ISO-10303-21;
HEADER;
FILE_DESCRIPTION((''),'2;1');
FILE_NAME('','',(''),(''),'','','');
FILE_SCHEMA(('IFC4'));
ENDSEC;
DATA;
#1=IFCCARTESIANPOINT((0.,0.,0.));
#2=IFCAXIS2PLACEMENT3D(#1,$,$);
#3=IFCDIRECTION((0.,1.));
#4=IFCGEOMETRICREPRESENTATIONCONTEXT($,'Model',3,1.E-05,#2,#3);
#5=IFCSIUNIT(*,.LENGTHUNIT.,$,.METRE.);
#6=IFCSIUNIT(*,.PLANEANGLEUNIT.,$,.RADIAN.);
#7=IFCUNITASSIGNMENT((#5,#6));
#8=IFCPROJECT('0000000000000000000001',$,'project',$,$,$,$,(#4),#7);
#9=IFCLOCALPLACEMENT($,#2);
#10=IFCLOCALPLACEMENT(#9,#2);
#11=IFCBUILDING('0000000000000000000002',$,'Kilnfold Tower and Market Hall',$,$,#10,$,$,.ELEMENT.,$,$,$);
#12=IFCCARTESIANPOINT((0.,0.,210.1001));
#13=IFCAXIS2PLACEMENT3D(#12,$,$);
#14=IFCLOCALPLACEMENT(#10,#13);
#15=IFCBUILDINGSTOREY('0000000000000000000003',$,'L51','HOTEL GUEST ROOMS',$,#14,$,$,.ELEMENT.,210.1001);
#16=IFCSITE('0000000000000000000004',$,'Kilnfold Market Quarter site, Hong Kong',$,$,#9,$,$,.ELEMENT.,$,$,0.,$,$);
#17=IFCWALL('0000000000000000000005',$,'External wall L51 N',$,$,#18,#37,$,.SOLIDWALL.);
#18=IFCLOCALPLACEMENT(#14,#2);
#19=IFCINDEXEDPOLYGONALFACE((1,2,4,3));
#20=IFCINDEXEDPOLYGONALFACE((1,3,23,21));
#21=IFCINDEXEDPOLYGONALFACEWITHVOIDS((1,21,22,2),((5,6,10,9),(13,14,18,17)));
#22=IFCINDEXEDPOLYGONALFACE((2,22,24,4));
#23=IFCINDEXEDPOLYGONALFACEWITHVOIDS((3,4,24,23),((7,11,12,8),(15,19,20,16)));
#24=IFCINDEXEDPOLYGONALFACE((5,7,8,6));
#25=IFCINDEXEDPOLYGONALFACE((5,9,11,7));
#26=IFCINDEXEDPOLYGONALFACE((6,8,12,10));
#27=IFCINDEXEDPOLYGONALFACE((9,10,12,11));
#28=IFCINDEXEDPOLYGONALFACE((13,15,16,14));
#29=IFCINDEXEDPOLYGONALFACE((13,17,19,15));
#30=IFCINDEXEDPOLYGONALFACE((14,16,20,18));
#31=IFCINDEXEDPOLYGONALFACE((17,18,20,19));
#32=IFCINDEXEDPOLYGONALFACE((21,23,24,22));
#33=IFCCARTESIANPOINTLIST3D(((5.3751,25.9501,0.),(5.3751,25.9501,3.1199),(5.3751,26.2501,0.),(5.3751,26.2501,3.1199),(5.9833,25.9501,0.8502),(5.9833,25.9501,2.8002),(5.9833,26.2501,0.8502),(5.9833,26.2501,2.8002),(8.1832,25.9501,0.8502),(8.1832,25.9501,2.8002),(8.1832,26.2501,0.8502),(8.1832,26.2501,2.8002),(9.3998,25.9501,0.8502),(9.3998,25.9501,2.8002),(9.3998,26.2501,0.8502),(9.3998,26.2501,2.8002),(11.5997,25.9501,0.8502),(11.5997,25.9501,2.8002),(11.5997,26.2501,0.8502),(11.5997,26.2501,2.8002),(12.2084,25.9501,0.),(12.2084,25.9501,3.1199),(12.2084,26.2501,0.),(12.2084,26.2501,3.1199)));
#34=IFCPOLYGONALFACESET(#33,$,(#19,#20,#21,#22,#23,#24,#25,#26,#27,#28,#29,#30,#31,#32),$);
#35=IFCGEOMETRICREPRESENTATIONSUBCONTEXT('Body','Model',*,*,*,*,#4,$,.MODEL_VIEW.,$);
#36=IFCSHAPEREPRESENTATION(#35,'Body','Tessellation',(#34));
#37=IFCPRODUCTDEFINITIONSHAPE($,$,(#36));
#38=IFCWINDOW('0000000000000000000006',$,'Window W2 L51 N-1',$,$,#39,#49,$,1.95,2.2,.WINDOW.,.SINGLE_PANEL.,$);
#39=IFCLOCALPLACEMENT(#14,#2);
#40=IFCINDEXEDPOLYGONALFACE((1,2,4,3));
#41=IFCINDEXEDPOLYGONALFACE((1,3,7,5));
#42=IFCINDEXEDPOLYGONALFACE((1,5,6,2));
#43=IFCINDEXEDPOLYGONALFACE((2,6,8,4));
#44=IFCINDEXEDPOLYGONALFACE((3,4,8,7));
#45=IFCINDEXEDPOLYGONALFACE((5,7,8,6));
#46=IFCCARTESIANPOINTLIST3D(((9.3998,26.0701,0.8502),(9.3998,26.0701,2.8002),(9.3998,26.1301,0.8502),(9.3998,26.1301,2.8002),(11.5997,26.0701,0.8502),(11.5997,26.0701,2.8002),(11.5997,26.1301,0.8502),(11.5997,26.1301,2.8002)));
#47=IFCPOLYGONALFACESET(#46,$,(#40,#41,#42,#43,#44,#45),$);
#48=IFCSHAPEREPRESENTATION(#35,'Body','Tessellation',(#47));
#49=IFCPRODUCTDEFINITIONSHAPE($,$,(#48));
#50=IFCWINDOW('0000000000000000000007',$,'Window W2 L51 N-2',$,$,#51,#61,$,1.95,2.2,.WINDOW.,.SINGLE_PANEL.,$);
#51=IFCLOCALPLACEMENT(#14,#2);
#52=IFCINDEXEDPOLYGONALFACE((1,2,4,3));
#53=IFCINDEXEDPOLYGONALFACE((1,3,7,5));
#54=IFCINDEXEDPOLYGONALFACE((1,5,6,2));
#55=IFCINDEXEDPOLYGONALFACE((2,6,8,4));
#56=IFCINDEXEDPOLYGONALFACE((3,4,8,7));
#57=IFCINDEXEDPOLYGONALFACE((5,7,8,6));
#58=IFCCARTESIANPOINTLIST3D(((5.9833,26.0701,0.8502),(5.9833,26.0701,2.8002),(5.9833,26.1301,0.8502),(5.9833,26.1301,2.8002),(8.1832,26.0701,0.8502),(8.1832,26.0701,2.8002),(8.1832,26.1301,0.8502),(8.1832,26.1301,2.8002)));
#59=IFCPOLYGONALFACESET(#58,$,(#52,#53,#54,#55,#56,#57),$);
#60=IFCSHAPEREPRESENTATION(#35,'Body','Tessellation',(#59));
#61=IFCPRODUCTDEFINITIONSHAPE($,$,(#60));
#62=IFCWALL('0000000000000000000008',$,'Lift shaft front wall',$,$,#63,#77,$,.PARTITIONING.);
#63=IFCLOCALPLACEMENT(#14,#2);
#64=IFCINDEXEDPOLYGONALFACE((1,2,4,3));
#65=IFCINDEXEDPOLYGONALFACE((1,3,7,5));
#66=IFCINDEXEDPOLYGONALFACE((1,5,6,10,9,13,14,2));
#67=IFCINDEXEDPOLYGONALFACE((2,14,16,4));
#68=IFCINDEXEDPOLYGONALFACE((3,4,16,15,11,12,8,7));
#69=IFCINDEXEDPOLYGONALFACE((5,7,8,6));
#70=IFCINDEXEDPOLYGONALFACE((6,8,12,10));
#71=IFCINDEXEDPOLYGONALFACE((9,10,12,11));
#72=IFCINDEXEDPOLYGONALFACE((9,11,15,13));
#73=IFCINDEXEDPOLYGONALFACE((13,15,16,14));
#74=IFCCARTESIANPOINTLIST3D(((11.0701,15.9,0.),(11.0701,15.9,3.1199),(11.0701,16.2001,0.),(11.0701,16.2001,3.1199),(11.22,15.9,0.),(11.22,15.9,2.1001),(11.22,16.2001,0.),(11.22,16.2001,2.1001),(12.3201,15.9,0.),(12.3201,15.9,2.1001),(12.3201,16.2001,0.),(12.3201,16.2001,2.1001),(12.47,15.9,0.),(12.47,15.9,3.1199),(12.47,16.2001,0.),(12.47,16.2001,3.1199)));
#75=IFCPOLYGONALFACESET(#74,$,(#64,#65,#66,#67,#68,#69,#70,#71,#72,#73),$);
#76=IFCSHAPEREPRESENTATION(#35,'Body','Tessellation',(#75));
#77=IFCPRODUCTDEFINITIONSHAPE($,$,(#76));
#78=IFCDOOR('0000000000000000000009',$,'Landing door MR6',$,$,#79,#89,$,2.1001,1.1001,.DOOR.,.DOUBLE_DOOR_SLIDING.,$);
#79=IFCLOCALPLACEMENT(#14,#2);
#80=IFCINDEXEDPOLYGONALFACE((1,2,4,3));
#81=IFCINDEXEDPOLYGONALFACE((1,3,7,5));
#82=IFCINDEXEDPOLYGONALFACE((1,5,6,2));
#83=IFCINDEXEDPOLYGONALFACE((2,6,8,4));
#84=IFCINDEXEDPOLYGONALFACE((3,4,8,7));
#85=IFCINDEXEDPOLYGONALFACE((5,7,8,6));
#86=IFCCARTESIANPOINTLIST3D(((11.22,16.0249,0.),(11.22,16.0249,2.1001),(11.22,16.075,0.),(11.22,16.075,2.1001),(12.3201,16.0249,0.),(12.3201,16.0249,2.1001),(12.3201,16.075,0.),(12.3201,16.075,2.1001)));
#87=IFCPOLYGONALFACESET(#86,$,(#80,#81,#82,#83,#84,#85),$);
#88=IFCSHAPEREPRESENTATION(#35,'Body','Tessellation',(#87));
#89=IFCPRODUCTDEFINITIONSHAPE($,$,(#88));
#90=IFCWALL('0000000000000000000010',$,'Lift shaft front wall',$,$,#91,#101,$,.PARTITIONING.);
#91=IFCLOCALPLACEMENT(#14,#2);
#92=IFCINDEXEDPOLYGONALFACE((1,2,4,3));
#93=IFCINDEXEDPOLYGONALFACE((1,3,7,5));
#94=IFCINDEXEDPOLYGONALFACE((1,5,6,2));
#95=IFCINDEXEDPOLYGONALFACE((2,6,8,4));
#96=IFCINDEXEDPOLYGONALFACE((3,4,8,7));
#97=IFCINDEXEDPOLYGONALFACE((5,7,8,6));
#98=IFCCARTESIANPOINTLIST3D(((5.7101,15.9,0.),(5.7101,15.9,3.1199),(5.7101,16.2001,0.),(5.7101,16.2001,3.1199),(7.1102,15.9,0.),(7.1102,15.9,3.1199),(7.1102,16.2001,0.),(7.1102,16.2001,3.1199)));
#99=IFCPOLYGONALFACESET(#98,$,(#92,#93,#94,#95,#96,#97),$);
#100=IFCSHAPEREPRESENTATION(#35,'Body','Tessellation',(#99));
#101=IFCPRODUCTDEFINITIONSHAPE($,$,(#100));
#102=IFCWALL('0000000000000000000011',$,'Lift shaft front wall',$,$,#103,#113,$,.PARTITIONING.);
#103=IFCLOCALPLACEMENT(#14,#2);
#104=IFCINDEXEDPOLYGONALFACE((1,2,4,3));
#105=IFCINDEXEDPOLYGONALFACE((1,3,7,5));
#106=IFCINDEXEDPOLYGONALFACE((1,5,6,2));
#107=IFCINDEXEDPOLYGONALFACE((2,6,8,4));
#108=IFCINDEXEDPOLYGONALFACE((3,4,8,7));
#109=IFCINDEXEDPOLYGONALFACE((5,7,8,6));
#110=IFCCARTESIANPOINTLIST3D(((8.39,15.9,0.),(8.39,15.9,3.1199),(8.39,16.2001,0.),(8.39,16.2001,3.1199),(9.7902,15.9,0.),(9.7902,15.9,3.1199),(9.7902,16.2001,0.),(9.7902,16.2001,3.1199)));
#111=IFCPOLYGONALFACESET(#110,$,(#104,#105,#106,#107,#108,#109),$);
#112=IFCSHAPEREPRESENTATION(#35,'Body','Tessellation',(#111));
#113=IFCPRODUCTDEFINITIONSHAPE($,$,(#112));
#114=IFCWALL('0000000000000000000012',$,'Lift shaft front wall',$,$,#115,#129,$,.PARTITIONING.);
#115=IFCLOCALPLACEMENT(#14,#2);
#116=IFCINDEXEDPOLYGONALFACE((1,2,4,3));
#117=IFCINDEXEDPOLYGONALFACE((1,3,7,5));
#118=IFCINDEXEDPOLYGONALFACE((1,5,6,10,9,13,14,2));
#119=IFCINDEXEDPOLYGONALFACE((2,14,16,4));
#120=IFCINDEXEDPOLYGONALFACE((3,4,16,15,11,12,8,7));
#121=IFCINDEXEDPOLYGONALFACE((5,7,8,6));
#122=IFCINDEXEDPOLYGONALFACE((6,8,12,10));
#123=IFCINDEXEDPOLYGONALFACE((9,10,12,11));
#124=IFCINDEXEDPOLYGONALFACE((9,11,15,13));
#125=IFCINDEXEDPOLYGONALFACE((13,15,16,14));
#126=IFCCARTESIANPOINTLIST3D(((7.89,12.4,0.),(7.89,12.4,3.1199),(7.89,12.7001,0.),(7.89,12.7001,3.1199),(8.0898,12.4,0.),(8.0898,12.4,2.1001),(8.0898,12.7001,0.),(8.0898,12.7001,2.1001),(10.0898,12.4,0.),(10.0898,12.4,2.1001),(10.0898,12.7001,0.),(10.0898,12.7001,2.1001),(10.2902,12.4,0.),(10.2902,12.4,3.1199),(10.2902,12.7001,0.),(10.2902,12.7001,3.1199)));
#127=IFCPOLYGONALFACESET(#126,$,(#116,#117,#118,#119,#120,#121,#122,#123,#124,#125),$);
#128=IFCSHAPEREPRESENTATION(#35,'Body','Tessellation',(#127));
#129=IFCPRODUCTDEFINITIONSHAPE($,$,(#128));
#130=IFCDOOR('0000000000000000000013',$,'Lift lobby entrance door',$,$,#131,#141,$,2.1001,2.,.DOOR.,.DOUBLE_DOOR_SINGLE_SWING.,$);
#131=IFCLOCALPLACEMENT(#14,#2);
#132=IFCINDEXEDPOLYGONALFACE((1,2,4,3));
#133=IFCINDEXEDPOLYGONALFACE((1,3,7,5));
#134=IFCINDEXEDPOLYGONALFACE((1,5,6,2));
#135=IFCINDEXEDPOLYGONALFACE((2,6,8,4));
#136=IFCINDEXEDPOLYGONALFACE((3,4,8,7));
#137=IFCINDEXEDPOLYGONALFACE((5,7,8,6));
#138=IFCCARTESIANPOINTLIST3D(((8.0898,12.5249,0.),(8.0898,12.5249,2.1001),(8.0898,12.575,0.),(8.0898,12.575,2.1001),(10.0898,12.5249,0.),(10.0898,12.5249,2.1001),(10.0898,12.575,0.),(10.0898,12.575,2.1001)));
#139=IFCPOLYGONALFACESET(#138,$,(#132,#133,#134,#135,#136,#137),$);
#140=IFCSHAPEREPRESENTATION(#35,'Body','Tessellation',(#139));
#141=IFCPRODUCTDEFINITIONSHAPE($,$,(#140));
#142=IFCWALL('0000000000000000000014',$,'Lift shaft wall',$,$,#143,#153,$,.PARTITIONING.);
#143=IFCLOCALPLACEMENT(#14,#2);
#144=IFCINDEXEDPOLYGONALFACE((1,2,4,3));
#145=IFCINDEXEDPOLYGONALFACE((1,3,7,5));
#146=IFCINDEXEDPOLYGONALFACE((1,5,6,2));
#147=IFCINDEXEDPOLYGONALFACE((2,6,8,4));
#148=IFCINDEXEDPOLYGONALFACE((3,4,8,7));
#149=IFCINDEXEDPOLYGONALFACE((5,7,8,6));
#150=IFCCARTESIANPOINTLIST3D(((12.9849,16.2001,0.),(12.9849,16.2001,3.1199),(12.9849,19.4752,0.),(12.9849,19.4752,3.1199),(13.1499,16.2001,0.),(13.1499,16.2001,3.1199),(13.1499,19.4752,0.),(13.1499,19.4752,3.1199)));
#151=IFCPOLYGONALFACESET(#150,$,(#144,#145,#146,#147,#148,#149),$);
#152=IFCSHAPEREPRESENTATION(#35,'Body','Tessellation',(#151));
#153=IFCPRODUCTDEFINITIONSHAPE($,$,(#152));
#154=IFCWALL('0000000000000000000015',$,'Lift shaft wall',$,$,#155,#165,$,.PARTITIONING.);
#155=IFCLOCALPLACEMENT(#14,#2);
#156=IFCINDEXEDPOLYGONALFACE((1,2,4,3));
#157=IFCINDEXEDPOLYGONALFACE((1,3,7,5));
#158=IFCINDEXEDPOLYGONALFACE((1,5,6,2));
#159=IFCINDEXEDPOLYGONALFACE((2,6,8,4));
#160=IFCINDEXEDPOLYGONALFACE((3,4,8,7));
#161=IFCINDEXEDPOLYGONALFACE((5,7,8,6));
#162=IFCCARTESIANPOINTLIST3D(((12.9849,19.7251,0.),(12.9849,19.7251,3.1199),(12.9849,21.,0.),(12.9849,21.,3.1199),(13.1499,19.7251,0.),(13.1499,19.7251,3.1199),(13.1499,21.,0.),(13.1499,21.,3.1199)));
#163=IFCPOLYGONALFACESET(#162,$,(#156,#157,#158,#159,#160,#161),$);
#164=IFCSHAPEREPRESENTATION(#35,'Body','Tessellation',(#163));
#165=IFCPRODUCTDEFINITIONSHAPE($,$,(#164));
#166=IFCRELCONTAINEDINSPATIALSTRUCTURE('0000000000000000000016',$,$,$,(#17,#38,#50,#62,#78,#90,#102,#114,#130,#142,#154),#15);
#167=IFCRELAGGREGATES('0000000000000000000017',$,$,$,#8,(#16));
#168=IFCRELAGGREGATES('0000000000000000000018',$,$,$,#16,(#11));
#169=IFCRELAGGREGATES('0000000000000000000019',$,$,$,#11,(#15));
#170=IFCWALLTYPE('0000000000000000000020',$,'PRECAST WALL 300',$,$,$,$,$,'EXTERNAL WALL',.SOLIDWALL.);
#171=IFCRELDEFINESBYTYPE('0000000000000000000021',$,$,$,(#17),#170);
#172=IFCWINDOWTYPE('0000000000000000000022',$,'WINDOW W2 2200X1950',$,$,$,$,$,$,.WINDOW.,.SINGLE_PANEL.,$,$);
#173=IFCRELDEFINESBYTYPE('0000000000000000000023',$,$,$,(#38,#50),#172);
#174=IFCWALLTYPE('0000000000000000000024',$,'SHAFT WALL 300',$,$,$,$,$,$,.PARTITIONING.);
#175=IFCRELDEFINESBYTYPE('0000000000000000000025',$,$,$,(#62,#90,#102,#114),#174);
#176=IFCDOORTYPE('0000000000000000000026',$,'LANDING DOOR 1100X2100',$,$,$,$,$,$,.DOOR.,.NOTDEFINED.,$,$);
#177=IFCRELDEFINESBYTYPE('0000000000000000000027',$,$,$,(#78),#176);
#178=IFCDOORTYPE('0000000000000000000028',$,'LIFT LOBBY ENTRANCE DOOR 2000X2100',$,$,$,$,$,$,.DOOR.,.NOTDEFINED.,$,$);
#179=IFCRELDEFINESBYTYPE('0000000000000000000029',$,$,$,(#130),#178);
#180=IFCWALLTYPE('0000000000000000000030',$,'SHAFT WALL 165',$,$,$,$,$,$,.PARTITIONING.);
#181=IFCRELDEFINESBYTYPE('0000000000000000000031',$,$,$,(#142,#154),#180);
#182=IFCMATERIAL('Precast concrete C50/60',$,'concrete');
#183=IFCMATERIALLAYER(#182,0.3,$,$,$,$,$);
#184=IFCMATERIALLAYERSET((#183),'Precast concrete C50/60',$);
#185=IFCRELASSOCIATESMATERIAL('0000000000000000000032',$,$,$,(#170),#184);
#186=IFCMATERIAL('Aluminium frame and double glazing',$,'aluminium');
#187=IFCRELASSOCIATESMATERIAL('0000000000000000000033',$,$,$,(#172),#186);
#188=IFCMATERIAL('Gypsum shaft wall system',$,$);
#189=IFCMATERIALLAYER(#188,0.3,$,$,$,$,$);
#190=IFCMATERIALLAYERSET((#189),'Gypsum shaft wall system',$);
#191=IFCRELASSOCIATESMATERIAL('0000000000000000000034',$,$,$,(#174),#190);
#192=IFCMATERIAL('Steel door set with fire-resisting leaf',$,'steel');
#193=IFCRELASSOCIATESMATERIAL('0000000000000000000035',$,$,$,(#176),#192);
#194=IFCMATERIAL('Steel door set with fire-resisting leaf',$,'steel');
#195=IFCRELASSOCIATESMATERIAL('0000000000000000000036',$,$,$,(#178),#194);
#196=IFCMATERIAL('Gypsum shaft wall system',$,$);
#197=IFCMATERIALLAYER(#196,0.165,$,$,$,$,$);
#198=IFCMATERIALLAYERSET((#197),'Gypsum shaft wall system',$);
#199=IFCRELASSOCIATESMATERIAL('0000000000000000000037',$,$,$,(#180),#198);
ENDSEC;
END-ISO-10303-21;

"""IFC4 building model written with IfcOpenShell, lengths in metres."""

from ifc_helpers import new_model, si_unit, direction, frame, frame_2d, origin, place, context, subcontext, project, spatial, rectangle, extrude, source, transform, mapped, material, layer, layer_set, type_object, element, fill, save


model = new_model("IFC4")

# Units and contexts
model_context = context("Model", 3, precision=1e-05, world=origin(), true_north=direction((0.0, 1.0)))
body_context = subcontext(model_context, "Body", "Model", "MODEL_VIEW")
ifc_project = project(units=[si_unit("LENGTHUNIT", "METRE"), si_unit("PLANEANGLEUNIT", "RADIAN")], contexts=[model_context])

# Site, building, storey
site_placement = place(None, origin())
site = spatial("IfcSite", under=ifc_project, at=site_placement, Name="Kilnfold Market Quarter site, Hong Kong", CompositionType="ELEMENT", RefElevation=0.0)
building_placement = place(site_placement, origin())
building = spatial("IfcBuilding", under=site, at=building_placement, Name="Kilnfold Tower and Market Hall", CompositionType="ELEMENT")
storey_placement = place(building_placement, frame((0.0, 0.0, 210.1001)))
storey = spatial("IfcBuildingStorey", under=building, at=storey_placement, Name="L51", Description="HOTEL GUEST ROOMS", CompositionType="ELEMENT", Elevation=210.1001)

# Wall, openings, windows
ifc_material_1 = material(Name="Precast concrete C50/60", Category="concrete")
ifc_layer_1 = layer(ifc_material_1, 0.3)
ifc_layer_set_1 = layer_set([ifc_layer_1], Name="Precast concrete C50/60")
wall_type_1 = type_object("IfcWallType", Name="PRECAST WALL 300", ElementType="EXTERNAL WALL", PredefinedType="SOLIDWALL", material=ifc_layer_set_1)
shared_shape_1 = source(origin(), body_context, "Body", "SweptSolid", [
    extrude(rectangle(XDim=6.8333, YDim=0.3, at=frame_2d((3.4165, 0.0))), origin(), (0.0, 0.0, 1.0), 3.1199),
])
wall_1_placement = place(storey_placement, frame((12.2083, 26.1001, 0.0), z_axis=(0.0, 0.0, 1.0), x_axis=(-1.0, 0.0, 0.0)))
wall_1 = element("IfcWall", 1, at=wall_1_placement, inside=storey, type_object=wall_type_1, Name="External wall L51 N", PredefinedType="SOLIDWALL", context=body_context, shape_type="MappedRepresentation", body=[
    mapped(shared_shape_1, transform((0.0, 0.0, 0.0))),
])
opening_1_placement = place(wall_1_placement, frame((0.6084, 0.0, 0.8501)))
opening_1 = element("IfcOpeningElement", 2, at=opening_1_placement, cuts=wall_1, PredefinedType="OPENING", context=body_context, shape_type="SweptSolid", body=[
    extrude(rectangle(XDim=2.2, YDim=1.95, at=frame_2d((1.1001, 0.9751))), frame((0.0, 0.1602, 0.0), z_axis=(0.0, -1.0, 0.0), x_axis=(1.0, 0.0, 0.0)), (0.0, 0.0, 1.0), 0.3201),
])
opening_2_placement = place(wall_1_placement, frame((4.0249, 0.0, 0.8501)))
opening_2 = element("IfcOpeningElement", 3, at=opening_2_placement, cuts=wall_1, PredefinedType="OPENING", context=body_context, shape_type="SweptSolid", body=[
    extrude(rectangle(XDim=2.2, YDim=1.95, at=frame_2d((1.1001, 0.9751))), frame((0.0, 0.1602, 0.0), z_axis=(0.0, -1.0, 0.0), x_axis=(1.0, 0.0, 0.0)), (0.0, 0.0, 1.0), 0.3201),
])
ifc_material_2 = material(Name="Aluminium frame and double glazing", Category="aluminium")
window_type = type_object("IfcWindowType", Name="WINDOW W2 2200X1950", PartitioningType="SINGLE_PANEL", PredefinedType="WINDOW", material=ifc_material_2)
window_1_placement = place(opening_1_placement, origin())
window_1 = element("IfcWindow", 4, at=window_1_placement, inside=storey, type_object=window_type, Name="Window W2 L51 N-1", OverallHeight=1.95, OverallWidth=2.2, PartitioningType="SINGLE_PANEL", PredefinedType="WINDOW", context=body_context, shape_type="SweptSolid", body=[
    extrude(rectangle(XDim=2.2, YDim=1.95, at=frame_2d((1.1001, 0.9751))), frame((0.0, 0.03, 0.0), z_axis=(0.0, -1.0, 0.0), x_axis=(1.0, 0.0, 0.0)), (0.0, 0.0, 1.0), 0.0601),
])
fill(opening_1, window_1)
window_2_placement = place(opening_2_placement, origin())
window_2 = element("IfcWindow", 5, at=window_2_placement, inside=storey, type_object=window_type, Name="Window W2 L51 N-2", OverallHeight=1.95, OverallWidth=2.2, PartitioningType="SINGLE_PANEL", PredefinedType="WINDOW", context=body_context, shape_type="SweptSolid", body=[
    extrude(rectangle(XDim=2.2, YDim=1.95, at=frame_2d((1.1001, 0.9751))), frame((0.0, 0.03, 0.0), z_axis=(0.0, -1.0, 0.0), x_axis=(1.0, 0.0, 0.0)), (0.0, 0.0, 1.0), 0.0601),
])
fill(opening_2, window_2)

# Wall, opening, door
ifc_material_3 = material(Name="Gypsum shaft wall system")
ifc_layer_2 = layer(ifc_material_3, 0.3)
ifc_layer_set_2 = layer_set([ifc_layer_2], Name="Gypsum shaft wall system")
wall_type_2 = type_object("IfcWallType", Name="SHAFT WALL 300", PredefinedType="PARTITIONING", material=ifc_layer_set_2)
shared_shape_2 = source(origin(), body_context, "Body", "SweptSolid", [
    extrude(rectangle(XDim=1.3999, YDim=0.3, at=frame_2d((0.7, 0.0))), origin(), (0.0, 0.0, 1.0), 3.1199),
])
wall_2_placement = place(storey_placement, frame((11.0701, 16.05, 0.0), z_axis=(0.0, 0.0, 1.0), x_axis=(1.0, 0.0, 0.0)))
wall_2 = element("IfcWall", 6, at=wall_2_placement, inside=storey, type_object=wall_type_2, Name="Lift shaft front wall", PredefinedType="PARTITIONING", context=body_context, shape_type="MappedRepresentation", body=[
    mapped(shared_shape_2, transform((0.0, 0.0, 0.0))),
])
opening_3_placement = place(wall_2_placement, frame((0.1499, 0.0, 0.0)))
opening_3 = element("IfcOpeningElement", 7, at=opening_3_placement, cuts=wall_2, PredefinedType="OPENING", context=body_context, shape_type="SweptSolid", body=[
    extrude(rectangle(XDim=1.1001, YDim=2.1001, at=frame_2d((0.55, 1.05))), frame((0.0, 0.1602, 0.0), z_axis=(0.0, -1.0, 0.0), x_axis=(1.0, 0.0, 0.0)), (0.0, 0.0, 1.0), 0.3201),
])
ifc_material_4 = material(Name="Steel door set with fire-resisting leaf", Category="steel")
door_type_1 = type_object("IfcDoorType", Name="LANDING DOOR 1100X2100", OperationType="NOTDEFINED", PredefinedType="DOOR", material=ifc_material_4)
door_1_placement = place(opening_3_placement, origin())
door_1 = element("IfcDoor", 8, at=door_1_placement, inside=storey, type_object=door_type_1, Name="Landing door MR6", OperationType="DOUBLE_DOOR_SLIDING", OverallHeight=2.1001, OverallWidth=1.1001, PredefinedType="DOOR", context=body_context, shape_type="SweptSolid", body=[
    extrude(rectangle(XDim=1.1001, YDim=2.1001, at=frame_2d((0.55, 1.05))), frame((0.0, 0.0249, 0.0), z_axis=(0.0, -1.0, 0.0), x_axis=(1.0, 0.0, 0.0)), (0.0, 0.0, 1.0), 0.05),
])
fill(opening_3, door_1)

# Walls
shared_shape_3 = source(origin(), body_context, "Body", "SweptSolid", [
    extrude(rectangle(XDim=1.4001, YDim=0.3, at=frame_2d((0.7002, 0.0))), origin(), (0.0, 0.0, 1.0), 3.1199),
])
for number, where, z_axis, x_axis, name in (
    (9, (5.71, 16.05, 0.0), (0.0, 0.0, 1.0), (1.0, 0.0, 0.0), "Lift shaft front wall"),
    (10, (8.3899, 16.05, 0.0), (0.0, 0.0, 1.0), (1.0, 0.0, 0.0), "Lift shaft front wall"),
):
    element("IfcWall", number, at=place(storey_placement, frame(where, z_axis=z_axis, x_axis=x_axis)), inside=storey, type_object=wall_type_2, Name=name, PredefinedType="PARTITIONING", context=body_context, shape_type="MappedRepresentation", body=[
        mapped(shared_shape_3, transform((0.0, 0.0, 0.0))),
    ])

# Wall, opening, door
shared_shape_4 = source(origin(), body_context, "Body", "SweptSolid", [
    extrude(rectangle(XDim=2.4001, YDim=0.3, at=frame_2d((1.2002, 0.0))), origin(), (0.0, 0.0, 1.0), 3.1199),
])
wall_3_placement = place(storey_placement, frame((7.8899, 12.55, 0.0), z_axis=(0.0, 0.0, 1.0), x_axis=(1.0, 0.0, 0.0)))
wall_3 = element("IfcWall", 11, at=wall_3_placement, inside=storey, type_object=wall_type_2, Name="Lift shaft front wall", PredefinedType="PARTITIONING", context=body_context, shape_type="MappedRepresentation", body=[
    mapped(shared_shape_4, transform((0.0, 0.0, 0.0))),
])
opening_4_placement = place(wall_3_placement, frame((0.2, 0.0, 0.0)))
opening_4 = element("IfcOpeningElement", 12, at=opening_4_placement, cuts=wall_3, PredefinedType="OPENING", context=body_context, shape_type="SweptSolid", body=[
    extrude(rectangle(XDim=2.0, YDim=2.1001, at=frame_2d((1.0, 1.05))), frame((0.0, 0.1602, 0.0), z_axis=(0.0, -1.0, 0.0), x_axis=(1.0, 0.0, 0.0)), (0.0, 0.0, 1.0), 0.3201),
])
ifc_material_5 = material(Name="Steel door set with fire-resisting leaf", Category="steel")
door_type_2 = type_object("IfcDoorType", Name="LIFT LOBBY ENTRANCE DOOR 2000X2100", OperationType="NOTDEFINED", PredefinedType="DOOR", material=ifc_material_5)
door_2_placement = place(opening_4_placement, origin())
door_2 = element("IfcDoor", 13, at=door_2_placement, inside=storey, type_object=door_type_2, Name="Lift lobby entrance door", OperationType="DOUBLE_DOOR_SINGLE_SWING", OverallHeight=2.1001, OverallWidth=2.0, PredefinedType="DOOR", context=body_context, shape_type="SweptSolid", body=[
    extrude(rectangle(XDim=2.0, YDim=2.1001, at=frame_2d((1.0, 1.05))), frame((0.0, 0.0249, 0.0), z_axis=(0.0, -1.0, 0.0), x_axis=(1.0, 0.0, 0.0)), (0.0, 0.0, 1.0), 0.05),
])
fill(opening_4, door_2)

# Walls
ifc_material_6 = material(Name="Gypsum shaft wall system")
ifc_layer_3 = layer(ifc_material_6, 0.165)
ifc_layer_set_3 = layer_set([ifc_layer_3], Name="Gypsum shaft wall system")
wall_type_3 = type_object("IfcWallType", Name="SHAFT WALL 165", PredefinedType="PARTITIONING", material=ifc_layer_set_3)
shared_shape_5 = source(origin(), body_context, "Body", "SweptSolid", [
    extrude(rectangle(XDim=3.2751, YDim=0.165, at=frame_2d((1.6377, 0.0))), origin(), (0.0, 0.0, 1.0), 3.1199),
])
wall_4_placement = place(storey_placement, frame((13.0674, 16.2, 0.0), z_axis=(0.0, 0.0, 1.0), x_axis=(0.0, 1.0, 0.0)))
element("IfcWall", 14, at=wall_4_placement, inside=storey, type_object=wall_type_3, Name="Lift shaft wall", PredefinedType="PARTITIONING", context=body_context, shape_type="MappedRepresentation", body=[
    mapped(shared_shape_5, transform((0.0, 0.0, 0.0))),
])
shared_shape_6 = source(origin(), body_context, "Body", "SweptSolid", [
    extrude(rectangle(XDim=1.2749, YDim=0.165, at=frame_2d((0.6375, 0.0))), origin(), (0.0, 0.0, 1.0), 3.1199),
])
wall_5_placement = place(storey_placement, frame((13.0674, 19.7251, 0.0), z_axis=(0.0, 0.0, 1.0), x_axis=(0.0, 1.0, 0.0)))
element("IfcWall", 15, at=wall_5_placement, inside=storey, type_object=wall_type_3, Name="Lift shaft wall", PredefinedType="PARTITIONING", context=body_context, shape_type="MappedRepresentation", body=[
    mapped(shared_shape_6, transform((0.0, 0.0, 0.0))),
])

save(model, "model.ifc")
